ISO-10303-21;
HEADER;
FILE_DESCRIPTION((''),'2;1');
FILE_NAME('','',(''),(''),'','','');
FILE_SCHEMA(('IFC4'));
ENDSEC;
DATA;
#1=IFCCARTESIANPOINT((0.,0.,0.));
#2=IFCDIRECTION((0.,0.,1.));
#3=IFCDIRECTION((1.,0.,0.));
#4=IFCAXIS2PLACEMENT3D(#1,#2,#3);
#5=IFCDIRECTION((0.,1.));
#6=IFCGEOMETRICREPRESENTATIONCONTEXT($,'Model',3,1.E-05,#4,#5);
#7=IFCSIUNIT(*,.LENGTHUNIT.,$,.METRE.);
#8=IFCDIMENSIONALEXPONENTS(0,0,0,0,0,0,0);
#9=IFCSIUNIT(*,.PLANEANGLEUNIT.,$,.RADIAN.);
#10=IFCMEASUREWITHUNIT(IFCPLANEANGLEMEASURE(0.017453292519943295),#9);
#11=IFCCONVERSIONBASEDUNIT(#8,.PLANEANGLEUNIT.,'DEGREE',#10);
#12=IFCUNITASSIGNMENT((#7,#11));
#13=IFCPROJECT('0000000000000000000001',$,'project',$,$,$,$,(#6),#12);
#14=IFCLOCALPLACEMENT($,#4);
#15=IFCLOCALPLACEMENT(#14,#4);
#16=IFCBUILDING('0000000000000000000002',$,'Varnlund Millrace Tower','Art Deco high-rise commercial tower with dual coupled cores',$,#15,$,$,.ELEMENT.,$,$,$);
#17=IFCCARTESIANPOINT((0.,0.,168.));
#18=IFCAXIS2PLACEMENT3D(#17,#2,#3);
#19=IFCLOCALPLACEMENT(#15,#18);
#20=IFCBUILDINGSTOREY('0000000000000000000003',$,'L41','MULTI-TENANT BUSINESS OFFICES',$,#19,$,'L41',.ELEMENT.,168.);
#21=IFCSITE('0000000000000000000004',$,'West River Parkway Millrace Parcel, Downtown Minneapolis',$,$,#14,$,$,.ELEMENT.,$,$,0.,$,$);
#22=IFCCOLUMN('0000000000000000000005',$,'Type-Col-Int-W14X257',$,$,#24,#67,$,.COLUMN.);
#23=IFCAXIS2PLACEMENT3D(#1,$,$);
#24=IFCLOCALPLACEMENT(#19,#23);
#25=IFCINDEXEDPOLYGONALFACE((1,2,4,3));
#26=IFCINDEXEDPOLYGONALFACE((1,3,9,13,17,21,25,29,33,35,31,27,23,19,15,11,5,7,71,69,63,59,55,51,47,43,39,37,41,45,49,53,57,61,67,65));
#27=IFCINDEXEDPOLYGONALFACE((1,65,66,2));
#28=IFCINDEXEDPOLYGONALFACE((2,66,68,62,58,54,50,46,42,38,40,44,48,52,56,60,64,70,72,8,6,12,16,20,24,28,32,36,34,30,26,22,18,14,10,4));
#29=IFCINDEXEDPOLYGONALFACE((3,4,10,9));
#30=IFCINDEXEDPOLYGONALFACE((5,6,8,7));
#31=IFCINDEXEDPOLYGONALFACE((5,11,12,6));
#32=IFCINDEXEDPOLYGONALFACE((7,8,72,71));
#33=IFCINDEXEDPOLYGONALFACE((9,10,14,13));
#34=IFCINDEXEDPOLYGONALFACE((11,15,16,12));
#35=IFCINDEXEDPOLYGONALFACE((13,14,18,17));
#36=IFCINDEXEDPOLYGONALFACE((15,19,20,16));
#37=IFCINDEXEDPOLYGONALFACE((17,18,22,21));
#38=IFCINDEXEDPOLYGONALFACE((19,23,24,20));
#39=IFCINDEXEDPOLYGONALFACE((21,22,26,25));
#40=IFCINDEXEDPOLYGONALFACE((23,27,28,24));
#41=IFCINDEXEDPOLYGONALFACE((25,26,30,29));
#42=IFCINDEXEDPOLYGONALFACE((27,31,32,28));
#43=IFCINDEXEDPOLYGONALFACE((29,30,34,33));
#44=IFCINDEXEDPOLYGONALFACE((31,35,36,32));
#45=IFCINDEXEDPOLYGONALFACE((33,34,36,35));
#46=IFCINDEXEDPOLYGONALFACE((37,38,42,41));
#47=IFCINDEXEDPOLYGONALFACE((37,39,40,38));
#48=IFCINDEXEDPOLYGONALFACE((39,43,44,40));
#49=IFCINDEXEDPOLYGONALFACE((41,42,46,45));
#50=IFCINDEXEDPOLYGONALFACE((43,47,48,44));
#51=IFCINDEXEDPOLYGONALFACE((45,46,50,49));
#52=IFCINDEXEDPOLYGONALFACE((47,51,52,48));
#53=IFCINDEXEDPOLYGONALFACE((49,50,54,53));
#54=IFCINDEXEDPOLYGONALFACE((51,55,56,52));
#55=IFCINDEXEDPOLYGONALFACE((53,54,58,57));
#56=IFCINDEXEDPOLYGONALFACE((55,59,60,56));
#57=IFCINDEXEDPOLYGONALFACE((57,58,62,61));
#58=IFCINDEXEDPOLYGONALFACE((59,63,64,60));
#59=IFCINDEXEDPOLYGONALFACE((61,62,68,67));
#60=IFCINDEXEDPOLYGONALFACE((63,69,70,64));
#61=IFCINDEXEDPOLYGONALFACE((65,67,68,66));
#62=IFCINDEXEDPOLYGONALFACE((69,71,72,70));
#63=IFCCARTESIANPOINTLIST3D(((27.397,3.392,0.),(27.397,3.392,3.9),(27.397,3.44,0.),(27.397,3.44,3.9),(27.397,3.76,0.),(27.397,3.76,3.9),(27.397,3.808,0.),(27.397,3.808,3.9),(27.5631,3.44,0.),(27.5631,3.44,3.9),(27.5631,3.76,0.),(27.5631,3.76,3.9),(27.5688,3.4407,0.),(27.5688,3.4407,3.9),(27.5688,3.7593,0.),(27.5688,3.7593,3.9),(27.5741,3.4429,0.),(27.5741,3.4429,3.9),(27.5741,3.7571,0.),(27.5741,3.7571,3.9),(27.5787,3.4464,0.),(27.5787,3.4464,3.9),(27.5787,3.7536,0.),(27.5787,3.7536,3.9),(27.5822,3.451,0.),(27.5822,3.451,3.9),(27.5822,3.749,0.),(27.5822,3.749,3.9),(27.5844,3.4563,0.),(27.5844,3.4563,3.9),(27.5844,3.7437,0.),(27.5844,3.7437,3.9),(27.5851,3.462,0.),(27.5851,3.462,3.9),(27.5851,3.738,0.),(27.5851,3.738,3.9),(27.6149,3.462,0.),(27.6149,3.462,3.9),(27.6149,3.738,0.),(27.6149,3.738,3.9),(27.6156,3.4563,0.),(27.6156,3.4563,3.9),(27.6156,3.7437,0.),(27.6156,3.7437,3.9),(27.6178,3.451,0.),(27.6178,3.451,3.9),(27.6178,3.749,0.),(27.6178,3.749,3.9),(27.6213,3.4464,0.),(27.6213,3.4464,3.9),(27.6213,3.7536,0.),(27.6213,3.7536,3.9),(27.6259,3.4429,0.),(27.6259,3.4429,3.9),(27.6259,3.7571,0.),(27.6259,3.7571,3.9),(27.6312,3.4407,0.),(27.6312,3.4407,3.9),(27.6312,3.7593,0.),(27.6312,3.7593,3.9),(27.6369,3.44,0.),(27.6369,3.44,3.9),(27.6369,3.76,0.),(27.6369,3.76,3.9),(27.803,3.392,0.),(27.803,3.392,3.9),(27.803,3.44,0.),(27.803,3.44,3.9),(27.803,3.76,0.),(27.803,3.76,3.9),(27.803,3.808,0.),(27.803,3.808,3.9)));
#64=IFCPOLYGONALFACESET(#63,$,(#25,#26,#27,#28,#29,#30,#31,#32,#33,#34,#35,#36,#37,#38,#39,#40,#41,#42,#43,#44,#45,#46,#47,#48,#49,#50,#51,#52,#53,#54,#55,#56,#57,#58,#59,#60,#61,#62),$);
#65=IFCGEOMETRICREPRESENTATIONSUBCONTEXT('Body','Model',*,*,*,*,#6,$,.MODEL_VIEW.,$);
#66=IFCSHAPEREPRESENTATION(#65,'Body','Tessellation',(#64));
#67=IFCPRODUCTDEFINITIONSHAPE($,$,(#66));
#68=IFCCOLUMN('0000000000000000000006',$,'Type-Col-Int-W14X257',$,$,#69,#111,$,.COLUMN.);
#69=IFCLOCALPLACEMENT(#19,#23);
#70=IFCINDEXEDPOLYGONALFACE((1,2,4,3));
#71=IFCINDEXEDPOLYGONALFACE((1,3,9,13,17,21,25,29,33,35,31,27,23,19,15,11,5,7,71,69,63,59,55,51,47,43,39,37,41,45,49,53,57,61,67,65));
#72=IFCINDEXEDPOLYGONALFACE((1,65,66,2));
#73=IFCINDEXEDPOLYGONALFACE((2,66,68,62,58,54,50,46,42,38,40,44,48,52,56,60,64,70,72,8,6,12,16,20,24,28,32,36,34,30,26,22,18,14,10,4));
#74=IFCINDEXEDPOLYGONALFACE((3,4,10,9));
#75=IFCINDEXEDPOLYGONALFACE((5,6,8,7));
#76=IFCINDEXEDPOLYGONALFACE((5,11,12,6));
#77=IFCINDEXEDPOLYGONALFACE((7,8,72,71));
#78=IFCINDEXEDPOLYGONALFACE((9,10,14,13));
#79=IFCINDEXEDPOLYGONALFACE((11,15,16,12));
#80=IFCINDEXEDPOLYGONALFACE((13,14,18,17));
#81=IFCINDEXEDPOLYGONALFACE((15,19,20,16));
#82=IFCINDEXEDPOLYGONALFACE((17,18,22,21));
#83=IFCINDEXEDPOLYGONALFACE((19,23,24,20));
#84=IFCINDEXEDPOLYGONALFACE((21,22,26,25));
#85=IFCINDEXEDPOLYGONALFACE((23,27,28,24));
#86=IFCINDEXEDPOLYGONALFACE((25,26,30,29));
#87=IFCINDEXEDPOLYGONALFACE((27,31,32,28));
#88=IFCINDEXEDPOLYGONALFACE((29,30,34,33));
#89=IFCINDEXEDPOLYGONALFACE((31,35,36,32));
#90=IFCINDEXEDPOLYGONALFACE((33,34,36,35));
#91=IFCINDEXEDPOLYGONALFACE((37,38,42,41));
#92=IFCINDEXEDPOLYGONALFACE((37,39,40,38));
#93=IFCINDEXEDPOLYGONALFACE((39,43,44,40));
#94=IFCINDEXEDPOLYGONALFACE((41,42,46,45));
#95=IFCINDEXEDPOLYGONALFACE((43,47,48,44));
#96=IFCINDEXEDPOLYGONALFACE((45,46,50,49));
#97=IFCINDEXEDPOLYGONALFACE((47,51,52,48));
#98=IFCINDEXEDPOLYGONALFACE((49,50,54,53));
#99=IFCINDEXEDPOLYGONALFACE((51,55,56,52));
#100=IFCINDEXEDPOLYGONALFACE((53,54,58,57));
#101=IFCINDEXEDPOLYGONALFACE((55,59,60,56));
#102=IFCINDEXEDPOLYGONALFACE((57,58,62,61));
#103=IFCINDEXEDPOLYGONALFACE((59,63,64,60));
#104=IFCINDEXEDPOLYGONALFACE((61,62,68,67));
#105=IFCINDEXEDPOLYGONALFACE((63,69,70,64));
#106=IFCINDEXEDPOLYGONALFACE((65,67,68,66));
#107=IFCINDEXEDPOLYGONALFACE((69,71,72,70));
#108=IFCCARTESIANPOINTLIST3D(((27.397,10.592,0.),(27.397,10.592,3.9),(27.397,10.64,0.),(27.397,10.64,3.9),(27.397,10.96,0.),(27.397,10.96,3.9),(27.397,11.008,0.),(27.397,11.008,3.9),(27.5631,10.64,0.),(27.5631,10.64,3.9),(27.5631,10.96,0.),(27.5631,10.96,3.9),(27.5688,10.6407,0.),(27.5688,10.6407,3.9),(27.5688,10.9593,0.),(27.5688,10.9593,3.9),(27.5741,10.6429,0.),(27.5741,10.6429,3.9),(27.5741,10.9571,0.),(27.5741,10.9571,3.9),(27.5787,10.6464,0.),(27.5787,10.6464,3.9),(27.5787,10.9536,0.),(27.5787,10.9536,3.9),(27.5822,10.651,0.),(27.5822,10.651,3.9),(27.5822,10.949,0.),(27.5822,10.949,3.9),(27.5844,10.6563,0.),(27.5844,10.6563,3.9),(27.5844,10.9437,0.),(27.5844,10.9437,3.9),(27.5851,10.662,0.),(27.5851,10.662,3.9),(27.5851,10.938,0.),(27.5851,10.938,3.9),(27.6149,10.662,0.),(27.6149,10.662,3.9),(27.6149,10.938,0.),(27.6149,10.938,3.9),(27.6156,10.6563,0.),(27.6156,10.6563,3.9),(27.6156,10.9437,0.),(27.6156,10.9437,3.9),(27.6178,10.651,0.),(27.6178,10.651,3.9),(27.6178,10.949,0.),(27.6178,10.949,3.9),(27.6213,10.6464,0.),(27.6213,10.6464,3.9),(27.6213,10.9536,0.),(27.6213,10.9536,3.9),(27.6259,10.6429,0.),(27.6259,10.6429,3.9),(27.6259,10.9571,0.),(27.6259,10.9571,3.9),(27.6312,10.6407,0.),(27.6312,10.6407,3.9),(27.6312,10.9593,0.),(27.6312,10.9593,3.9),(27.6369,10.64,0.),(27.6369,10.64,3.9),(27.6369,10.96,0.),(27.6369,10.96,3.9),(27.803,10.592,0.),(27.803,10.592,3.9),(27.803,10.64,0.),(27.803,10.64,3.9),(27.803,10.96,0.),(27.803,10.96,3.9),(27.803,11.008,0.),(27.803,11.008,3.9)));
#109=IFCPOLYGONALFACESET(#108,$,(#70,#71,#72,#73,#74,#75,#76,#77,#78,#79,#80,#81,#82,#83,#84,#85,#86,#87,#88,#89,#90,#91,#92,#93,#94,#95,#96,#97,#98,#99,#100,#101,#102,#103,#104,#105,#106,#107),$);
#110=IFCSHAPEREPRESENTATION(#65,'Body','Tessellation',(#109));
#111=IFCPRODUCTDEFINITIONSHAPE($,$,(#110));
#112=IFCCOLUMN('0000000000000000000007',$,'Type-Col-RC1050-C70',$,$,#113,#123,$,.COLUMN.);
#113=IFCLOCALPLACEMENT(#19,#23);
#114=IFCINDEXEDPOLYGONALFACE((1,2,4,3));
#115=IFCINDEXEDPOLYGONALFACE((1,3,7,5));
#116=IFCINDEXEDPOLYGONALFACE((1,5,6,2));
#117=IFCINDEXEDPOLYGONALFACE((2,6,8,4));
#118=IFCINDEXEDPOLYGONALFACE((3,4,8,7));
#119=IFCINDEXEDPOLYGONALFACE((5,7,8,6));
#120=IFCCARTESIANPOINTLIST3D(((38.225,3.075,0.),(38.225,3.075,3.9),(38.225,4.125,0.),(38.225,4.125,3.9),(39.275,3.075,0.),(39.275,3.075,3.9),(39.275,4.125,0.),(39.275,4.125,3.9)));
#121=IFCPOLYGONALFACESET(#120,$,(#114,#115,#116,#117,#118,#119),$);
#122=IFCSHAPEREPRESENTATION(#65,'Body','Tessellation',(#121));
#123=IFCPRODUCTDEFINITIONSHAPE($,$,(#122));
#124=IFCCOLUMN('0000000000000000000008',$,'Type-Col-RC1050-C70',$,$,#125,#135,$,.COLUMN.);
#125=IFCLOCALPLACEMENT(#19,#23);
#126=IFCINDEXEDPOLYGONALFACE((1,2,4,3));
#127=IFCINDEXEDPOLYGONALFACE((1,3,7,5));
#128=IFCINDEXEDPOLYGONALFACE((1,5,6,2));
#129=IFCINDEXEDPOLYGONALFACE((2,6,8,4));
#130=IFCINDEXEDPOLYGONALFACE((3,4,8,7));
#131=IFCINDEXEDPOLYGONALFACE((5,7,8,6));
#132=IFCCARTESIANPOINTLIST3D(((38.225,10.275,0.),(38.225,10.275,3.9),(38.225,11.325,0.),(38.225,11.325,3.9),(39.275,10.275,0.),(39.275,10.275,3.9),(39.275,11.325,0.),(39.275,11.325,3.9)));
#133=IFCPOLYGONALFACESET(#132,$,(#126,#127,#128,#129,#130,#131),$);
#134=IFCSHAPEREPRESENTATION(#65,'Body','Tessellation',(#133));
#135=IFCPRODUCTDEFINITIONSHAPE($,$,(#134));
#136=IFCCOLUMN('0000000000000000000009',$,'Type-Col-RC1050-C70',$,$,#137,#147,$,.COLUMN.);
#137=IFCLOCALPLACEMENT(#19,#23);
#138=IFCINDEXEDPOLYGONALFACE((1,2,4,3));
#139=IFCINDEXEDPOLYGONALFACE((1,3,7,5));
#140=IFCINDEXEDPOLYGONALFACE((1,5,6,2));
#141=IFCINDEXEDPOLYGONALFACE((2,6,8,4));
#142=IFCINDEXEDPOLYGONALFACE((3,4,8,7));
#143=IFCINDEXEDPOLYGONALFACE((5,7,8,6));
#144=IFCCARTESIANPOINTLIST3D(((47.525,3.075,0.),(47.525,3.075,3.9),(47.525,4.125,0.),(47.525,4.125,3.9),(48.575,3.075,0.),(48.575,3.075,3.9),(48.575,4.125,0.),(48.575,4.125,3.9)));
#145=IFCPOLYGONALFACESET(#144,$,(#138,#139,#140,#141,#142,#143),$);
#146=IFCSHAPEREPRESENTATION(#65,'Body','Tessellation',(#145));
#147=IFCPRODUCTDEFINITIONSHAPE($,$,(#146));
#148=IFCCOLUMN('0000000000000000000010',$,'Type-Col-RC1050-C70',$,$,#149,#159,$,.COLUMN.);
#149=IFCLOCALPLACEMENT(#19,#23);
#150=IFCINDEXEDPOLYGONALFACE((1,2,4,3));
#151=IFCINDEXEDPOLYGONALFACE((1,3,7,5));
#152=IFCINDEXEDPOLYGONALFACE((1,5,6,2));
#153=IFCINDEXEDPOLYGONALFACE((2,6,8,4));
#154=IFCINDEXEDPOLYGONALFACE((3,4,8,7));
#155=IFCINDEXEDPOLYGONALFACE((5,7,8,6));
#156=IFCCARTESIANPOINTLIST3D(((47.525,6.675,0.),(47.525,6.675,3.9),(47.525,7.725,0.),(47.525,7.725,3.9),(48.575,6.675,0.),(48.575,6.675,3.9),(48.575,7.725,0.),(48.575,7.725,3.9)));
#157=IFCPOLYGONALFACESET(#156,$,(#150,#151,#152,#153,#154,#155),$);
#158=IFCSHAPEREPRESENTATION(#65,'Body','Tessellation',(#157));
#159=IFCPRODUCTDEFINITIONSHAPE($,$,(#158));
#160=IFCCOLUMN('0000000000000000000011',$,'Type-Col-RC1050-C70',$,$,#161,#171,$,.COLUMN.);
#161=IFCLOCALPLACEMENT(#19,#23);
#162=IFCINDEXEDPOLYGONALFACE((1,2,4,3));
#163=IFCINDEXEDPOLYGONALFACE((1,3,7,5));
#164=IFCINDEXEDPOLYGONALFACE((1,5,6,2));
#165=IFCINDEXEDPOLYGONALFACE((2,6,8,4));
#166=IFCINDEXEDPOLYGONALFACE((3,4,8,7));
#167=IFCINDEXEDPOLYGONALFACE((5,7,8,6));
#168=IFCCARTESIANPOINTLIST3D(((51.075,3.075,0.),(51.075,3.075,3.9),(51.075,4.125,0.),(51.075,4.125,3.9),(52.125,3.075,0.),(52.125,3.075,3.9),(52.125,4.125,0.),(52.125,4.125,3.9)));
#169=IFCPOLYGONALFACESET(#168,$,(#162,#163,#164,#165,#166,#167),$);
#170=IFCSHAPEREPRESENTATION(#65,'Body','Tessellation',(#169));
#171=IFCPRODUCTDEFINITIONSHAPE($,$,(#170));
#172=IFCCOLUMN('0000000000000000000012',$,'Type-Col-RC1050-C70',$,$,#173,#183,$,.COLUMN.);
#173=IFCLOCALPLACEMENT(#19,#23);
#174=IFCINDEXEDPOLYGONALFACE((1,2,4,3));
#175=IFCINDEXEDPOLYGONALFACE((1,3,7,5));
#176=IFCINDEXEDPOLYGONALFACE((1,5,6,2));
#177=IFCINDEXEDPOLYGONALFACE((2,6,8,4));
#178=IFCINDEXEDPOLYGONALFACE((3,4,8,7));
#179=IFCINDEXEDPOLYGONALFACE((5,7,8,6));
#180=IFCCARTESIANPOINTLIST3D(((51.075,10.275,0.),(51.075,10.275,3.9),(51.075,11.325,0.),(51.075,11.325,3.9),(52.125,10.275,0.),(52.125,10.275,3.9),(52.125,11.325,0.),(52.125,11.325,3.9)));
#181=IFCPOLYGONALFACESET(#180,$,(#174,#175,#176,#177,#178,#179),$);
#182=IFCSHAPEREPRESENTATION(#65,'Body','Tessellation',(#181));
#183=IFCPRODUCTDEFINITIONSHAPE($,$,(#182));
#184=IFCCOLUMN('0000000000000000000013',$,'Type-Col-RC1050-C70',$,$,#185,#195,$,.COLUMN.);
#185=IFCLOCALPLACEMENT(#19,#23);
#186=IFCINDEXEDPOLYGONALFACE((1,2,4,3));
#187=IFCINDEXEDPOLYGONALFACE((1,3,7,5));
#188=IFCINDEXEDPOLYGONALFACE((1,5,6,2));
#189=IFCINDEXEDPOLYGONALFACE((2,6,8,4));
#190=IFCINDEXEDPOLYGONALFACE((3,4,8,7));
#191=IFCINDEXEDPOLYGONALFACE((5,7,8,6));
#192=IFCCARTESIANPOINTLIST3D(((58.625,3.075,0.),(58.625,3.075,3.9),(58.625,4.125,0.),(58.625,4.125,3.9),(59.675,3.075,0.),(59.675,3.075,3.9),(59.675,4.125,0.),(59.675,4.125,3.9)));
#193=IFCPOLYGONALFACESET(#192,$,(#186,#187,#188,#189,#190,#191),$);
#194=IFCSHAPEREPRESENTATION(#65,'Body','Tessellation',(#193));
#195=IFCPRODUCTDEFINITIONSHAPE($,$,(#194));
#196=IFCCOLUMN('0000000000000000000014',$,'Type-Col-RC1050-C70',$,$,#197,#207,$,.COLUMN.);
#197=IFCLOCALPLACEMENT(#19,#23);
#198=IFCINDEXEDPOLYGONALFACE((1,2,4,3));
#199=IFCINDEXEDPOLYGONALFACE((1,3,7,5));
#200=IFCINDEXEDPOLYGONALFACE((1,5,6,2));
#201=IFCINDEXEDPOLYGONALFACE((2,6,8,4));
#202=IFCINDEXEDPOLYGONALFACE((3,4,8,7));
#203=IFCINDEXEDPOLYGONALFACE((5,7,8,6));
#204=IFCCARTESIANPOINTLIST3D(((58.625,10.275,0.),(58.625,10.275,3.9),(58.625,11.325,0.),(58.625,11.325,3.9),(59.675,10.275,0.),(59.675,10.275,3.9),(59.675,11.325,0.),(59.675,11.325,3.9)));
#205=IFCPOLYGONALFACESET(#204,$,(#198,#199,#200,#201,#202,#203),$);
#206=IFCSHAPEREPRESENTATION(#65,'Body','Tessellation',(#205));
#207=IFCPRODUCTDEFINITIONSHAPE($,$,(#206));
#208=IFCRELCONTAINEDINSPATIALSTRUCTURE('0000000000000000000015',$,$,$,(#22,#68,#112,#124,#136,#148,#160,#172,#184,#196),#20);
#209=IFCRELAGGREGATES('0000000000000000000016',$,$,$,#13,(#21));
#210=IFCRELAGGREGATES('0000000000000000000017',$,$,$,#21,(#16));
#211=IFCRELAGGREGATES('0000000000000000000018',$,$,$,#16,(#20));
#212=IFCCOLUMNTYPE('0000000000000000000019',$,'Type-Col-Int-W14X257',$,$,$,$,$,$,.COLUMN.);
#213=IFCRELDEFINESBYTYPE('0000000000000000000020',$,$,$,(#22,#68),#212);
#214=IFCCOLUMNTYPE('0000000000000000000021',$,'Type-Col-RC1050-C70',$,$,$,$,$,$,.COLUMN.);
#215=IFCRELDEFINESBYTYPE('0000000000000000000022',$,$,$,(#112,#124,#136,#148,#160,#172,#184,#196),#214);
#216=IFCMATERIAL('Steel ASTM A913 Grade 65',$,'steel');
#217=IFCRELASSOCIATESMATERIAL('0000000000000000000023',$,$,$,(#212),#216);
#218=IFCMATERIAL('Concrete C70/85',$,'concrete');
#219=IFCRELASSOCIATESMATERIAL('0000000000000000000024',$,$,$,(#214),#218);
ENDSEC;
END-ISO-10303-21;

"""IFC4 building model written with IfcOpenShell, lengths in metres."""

from ifc_helpers import new_model, entity, si_unit, converted_unit, direction, frame, origin_with_axes, origin_2d_with_axis, place, context, subcontext, project, spatial, rectangle, i_section, extrude, material, material_profile, profile_set, type_object, element, save


model = new_model("IFC4")

# Units and contexts
model_context = context("Model", 3, precision=1e-05, world=origin_with_axes(), true_north=direction((0.0, 1.0)))
body_context = subcontext(model_context, "Body", "Model", "MODEL_VIEW")
ifc_project = project(units=[si_unit("LENGTHUNIT", "METRE"), converted_unit("PLANEANGLEUNIT", "DEGREE", entity("IfcPlaneAngleMeasure", 0.017453292519943295), si_unit("PLANEANGLEUNIT", "RADIAN"), dimensions=[0, 0, 0, 0, 0, 0, 0])], contexts=[model_context])

# Site, building, storey
site_placement = place(None, origin_with_axes())
site = spatial("IfcSite", under=ifc_project, at=site_placement, Name="West River Parkway Millrace Parcel, Downtown Minneapolis", CompositionType="ELEMENT", RefElevation=0.0)
building_placement = place(site_placement, origin_with_axes())
building = spatial("IfcBuilding", under=site, at=building_placement, Name="Varnlund Millrace Tower", Description="Art Deco high-rise commercial tower with dual coupled cores", CompositionType="ELEMENT")
storey_placement = place(building_placement, frame((0.0, 0.0, 168.0), z_axis=(0.0, 0.0, 1.0), x_axis=(1.0, 0.0, 0.0)))
storey = spatial("IfcBuildingStorey", under=building, at=storey_placement, Name="L41", Description="MULTI-TENANT BUSINESS OFFICES", LongName="L41", CompositionType="ELEMENT", Elevation=168.0)

# Columns
ifc_material_1 = material(Name="Steel ASTM A913 Grade 65", Category="steel")
ifc_material_profile_1 = material_profile(ifc_material_1, i_section(OverallWidth=0.406, OverallDepth=0.416, WebThickness=0.0298, FlangeThickness=0.048, FilletRadius=0.022, at=origin_2d_with_axis()), Name="Steel ASTM A913 Grade 65")
ifc_profile_set_1 = profile_set([ifc_material_profile_1], Name="Steel ASTM A913 Grade 65")
column_type_1 = type_object("IfcColumnType", Name="Type-Col-Int-W14X257", PredefinedType="COLUMN", material=ifc_profile_set_1)
for number, where, z_axis, x_axis, name in (
    (1, (27.6, 3.6, 0.0), (0.0, 0.0, 1.0), (1.0, 0.0, 0.0), "Type-Col-Int-W14X257"),
    (2, (27.6, 10.8, 0.0), (0.0, 0.0, 1.0), (1.0, 0.0, 0.0), "Type-Col-Int-W14X257"),
):
    element("IfcColumn", number, at=place(storey_placement, frame(where, z_axis=z_axis, x_axis=x_axis)), inside=storey, type_object=column_type_1, Name=name, PredefinedType="COLUMN", context=body_context, shape_type="SweptSolid", body=[
        extrude(i_section(OverallWidth=0.406, OverallDepth=0.416, WebThickness=0.0298, FlangeThickness=0.048, FilletRadius=0.022, at=origin_2d_with_axis()), origin_with_axes(), (0.0, 0.0, 1.0), 3.9),
    ])
ifc_material_2 = material(Name="Concrete C70/85", Category="concrete")
ifc_material_profile_2 = material_profile(ifc_material_2, rectangle(XDim=1.05, YDim=1.05, at=origin_2d_with_axis()), Name="Concrete C70/85")
ifc_profile_set_2 = profile_set([ifc_material_profile_2], Name="Concrete C70/85")
column_type_2 = type_object("IfcColumnType", Name="Type-Col-RC1050-C70", PredefinedType="COLUMN", material=ifc_profile_set_2)
for number, where, z_axis, x_axis, name in (
    (3, (38.75, 3.6, 0.0), (0.0, 0.0, 1.0), (1.0, 0.0, 0.0), "Type-Col-RC1050-C70"),
    (4, (38.75, 10.8, 0.0), (0.0, 0.0, 1.0), (1.0, 0.0, 0.0), "Type-Col-RC1050-C70"),
    (5, (48.05, 3.6, 0.0), (0.0, 0.0, 1.0), (1.0, 0.0, 0.0), "Type-Col-RC1050-C70"),
    (6, (48.05, 7.2, 0.0), (0.0, 0.0, 1.0), (1.0, 0.0, 0.0), "Type-Col-RC1050-C70"),
    (7, (51.6, 3.6, 0.0), (0.0, 0.0, 1.0), (1.0, 0.0, 0.0), "Type-Col-RC1050-C70"),
    (8, (51.6, 10.8, 0.0), (0.0, 0.0, 1.0), (1.0, 0.0, 0.0), "Type-Col-RC1050-C70"),
    (9, (59.15, 3.6, 0.0), (0.0, 0.0, 1.0), (1.0, 0.0, 0.0), "Type-Col-RC1050-C70"),
    (10, (59.15, 10.8, 0.0), (0.0, 0.0, 1.0), (1.0, 0.0, 0.0), "Type-Col-RC1050-C70"),
):
    element("IfcColumn", number, at=place(storey_placement, frame(where, z_axis=z_axis, x_axis=x_axis)), inside=storey, type_object=column_type_2, Name=name, PredefinedType="COLUMN", context=body_context, shape_type="SweptSolid", body=[
        extrude(rectangle(XDim=1.05, YDim=1.05, at=origin_2d_with_axis()), origin_with_axes(), (0.0, 0.0, 1.0), 3.9),
    ])

save(model, "model.ifc")
